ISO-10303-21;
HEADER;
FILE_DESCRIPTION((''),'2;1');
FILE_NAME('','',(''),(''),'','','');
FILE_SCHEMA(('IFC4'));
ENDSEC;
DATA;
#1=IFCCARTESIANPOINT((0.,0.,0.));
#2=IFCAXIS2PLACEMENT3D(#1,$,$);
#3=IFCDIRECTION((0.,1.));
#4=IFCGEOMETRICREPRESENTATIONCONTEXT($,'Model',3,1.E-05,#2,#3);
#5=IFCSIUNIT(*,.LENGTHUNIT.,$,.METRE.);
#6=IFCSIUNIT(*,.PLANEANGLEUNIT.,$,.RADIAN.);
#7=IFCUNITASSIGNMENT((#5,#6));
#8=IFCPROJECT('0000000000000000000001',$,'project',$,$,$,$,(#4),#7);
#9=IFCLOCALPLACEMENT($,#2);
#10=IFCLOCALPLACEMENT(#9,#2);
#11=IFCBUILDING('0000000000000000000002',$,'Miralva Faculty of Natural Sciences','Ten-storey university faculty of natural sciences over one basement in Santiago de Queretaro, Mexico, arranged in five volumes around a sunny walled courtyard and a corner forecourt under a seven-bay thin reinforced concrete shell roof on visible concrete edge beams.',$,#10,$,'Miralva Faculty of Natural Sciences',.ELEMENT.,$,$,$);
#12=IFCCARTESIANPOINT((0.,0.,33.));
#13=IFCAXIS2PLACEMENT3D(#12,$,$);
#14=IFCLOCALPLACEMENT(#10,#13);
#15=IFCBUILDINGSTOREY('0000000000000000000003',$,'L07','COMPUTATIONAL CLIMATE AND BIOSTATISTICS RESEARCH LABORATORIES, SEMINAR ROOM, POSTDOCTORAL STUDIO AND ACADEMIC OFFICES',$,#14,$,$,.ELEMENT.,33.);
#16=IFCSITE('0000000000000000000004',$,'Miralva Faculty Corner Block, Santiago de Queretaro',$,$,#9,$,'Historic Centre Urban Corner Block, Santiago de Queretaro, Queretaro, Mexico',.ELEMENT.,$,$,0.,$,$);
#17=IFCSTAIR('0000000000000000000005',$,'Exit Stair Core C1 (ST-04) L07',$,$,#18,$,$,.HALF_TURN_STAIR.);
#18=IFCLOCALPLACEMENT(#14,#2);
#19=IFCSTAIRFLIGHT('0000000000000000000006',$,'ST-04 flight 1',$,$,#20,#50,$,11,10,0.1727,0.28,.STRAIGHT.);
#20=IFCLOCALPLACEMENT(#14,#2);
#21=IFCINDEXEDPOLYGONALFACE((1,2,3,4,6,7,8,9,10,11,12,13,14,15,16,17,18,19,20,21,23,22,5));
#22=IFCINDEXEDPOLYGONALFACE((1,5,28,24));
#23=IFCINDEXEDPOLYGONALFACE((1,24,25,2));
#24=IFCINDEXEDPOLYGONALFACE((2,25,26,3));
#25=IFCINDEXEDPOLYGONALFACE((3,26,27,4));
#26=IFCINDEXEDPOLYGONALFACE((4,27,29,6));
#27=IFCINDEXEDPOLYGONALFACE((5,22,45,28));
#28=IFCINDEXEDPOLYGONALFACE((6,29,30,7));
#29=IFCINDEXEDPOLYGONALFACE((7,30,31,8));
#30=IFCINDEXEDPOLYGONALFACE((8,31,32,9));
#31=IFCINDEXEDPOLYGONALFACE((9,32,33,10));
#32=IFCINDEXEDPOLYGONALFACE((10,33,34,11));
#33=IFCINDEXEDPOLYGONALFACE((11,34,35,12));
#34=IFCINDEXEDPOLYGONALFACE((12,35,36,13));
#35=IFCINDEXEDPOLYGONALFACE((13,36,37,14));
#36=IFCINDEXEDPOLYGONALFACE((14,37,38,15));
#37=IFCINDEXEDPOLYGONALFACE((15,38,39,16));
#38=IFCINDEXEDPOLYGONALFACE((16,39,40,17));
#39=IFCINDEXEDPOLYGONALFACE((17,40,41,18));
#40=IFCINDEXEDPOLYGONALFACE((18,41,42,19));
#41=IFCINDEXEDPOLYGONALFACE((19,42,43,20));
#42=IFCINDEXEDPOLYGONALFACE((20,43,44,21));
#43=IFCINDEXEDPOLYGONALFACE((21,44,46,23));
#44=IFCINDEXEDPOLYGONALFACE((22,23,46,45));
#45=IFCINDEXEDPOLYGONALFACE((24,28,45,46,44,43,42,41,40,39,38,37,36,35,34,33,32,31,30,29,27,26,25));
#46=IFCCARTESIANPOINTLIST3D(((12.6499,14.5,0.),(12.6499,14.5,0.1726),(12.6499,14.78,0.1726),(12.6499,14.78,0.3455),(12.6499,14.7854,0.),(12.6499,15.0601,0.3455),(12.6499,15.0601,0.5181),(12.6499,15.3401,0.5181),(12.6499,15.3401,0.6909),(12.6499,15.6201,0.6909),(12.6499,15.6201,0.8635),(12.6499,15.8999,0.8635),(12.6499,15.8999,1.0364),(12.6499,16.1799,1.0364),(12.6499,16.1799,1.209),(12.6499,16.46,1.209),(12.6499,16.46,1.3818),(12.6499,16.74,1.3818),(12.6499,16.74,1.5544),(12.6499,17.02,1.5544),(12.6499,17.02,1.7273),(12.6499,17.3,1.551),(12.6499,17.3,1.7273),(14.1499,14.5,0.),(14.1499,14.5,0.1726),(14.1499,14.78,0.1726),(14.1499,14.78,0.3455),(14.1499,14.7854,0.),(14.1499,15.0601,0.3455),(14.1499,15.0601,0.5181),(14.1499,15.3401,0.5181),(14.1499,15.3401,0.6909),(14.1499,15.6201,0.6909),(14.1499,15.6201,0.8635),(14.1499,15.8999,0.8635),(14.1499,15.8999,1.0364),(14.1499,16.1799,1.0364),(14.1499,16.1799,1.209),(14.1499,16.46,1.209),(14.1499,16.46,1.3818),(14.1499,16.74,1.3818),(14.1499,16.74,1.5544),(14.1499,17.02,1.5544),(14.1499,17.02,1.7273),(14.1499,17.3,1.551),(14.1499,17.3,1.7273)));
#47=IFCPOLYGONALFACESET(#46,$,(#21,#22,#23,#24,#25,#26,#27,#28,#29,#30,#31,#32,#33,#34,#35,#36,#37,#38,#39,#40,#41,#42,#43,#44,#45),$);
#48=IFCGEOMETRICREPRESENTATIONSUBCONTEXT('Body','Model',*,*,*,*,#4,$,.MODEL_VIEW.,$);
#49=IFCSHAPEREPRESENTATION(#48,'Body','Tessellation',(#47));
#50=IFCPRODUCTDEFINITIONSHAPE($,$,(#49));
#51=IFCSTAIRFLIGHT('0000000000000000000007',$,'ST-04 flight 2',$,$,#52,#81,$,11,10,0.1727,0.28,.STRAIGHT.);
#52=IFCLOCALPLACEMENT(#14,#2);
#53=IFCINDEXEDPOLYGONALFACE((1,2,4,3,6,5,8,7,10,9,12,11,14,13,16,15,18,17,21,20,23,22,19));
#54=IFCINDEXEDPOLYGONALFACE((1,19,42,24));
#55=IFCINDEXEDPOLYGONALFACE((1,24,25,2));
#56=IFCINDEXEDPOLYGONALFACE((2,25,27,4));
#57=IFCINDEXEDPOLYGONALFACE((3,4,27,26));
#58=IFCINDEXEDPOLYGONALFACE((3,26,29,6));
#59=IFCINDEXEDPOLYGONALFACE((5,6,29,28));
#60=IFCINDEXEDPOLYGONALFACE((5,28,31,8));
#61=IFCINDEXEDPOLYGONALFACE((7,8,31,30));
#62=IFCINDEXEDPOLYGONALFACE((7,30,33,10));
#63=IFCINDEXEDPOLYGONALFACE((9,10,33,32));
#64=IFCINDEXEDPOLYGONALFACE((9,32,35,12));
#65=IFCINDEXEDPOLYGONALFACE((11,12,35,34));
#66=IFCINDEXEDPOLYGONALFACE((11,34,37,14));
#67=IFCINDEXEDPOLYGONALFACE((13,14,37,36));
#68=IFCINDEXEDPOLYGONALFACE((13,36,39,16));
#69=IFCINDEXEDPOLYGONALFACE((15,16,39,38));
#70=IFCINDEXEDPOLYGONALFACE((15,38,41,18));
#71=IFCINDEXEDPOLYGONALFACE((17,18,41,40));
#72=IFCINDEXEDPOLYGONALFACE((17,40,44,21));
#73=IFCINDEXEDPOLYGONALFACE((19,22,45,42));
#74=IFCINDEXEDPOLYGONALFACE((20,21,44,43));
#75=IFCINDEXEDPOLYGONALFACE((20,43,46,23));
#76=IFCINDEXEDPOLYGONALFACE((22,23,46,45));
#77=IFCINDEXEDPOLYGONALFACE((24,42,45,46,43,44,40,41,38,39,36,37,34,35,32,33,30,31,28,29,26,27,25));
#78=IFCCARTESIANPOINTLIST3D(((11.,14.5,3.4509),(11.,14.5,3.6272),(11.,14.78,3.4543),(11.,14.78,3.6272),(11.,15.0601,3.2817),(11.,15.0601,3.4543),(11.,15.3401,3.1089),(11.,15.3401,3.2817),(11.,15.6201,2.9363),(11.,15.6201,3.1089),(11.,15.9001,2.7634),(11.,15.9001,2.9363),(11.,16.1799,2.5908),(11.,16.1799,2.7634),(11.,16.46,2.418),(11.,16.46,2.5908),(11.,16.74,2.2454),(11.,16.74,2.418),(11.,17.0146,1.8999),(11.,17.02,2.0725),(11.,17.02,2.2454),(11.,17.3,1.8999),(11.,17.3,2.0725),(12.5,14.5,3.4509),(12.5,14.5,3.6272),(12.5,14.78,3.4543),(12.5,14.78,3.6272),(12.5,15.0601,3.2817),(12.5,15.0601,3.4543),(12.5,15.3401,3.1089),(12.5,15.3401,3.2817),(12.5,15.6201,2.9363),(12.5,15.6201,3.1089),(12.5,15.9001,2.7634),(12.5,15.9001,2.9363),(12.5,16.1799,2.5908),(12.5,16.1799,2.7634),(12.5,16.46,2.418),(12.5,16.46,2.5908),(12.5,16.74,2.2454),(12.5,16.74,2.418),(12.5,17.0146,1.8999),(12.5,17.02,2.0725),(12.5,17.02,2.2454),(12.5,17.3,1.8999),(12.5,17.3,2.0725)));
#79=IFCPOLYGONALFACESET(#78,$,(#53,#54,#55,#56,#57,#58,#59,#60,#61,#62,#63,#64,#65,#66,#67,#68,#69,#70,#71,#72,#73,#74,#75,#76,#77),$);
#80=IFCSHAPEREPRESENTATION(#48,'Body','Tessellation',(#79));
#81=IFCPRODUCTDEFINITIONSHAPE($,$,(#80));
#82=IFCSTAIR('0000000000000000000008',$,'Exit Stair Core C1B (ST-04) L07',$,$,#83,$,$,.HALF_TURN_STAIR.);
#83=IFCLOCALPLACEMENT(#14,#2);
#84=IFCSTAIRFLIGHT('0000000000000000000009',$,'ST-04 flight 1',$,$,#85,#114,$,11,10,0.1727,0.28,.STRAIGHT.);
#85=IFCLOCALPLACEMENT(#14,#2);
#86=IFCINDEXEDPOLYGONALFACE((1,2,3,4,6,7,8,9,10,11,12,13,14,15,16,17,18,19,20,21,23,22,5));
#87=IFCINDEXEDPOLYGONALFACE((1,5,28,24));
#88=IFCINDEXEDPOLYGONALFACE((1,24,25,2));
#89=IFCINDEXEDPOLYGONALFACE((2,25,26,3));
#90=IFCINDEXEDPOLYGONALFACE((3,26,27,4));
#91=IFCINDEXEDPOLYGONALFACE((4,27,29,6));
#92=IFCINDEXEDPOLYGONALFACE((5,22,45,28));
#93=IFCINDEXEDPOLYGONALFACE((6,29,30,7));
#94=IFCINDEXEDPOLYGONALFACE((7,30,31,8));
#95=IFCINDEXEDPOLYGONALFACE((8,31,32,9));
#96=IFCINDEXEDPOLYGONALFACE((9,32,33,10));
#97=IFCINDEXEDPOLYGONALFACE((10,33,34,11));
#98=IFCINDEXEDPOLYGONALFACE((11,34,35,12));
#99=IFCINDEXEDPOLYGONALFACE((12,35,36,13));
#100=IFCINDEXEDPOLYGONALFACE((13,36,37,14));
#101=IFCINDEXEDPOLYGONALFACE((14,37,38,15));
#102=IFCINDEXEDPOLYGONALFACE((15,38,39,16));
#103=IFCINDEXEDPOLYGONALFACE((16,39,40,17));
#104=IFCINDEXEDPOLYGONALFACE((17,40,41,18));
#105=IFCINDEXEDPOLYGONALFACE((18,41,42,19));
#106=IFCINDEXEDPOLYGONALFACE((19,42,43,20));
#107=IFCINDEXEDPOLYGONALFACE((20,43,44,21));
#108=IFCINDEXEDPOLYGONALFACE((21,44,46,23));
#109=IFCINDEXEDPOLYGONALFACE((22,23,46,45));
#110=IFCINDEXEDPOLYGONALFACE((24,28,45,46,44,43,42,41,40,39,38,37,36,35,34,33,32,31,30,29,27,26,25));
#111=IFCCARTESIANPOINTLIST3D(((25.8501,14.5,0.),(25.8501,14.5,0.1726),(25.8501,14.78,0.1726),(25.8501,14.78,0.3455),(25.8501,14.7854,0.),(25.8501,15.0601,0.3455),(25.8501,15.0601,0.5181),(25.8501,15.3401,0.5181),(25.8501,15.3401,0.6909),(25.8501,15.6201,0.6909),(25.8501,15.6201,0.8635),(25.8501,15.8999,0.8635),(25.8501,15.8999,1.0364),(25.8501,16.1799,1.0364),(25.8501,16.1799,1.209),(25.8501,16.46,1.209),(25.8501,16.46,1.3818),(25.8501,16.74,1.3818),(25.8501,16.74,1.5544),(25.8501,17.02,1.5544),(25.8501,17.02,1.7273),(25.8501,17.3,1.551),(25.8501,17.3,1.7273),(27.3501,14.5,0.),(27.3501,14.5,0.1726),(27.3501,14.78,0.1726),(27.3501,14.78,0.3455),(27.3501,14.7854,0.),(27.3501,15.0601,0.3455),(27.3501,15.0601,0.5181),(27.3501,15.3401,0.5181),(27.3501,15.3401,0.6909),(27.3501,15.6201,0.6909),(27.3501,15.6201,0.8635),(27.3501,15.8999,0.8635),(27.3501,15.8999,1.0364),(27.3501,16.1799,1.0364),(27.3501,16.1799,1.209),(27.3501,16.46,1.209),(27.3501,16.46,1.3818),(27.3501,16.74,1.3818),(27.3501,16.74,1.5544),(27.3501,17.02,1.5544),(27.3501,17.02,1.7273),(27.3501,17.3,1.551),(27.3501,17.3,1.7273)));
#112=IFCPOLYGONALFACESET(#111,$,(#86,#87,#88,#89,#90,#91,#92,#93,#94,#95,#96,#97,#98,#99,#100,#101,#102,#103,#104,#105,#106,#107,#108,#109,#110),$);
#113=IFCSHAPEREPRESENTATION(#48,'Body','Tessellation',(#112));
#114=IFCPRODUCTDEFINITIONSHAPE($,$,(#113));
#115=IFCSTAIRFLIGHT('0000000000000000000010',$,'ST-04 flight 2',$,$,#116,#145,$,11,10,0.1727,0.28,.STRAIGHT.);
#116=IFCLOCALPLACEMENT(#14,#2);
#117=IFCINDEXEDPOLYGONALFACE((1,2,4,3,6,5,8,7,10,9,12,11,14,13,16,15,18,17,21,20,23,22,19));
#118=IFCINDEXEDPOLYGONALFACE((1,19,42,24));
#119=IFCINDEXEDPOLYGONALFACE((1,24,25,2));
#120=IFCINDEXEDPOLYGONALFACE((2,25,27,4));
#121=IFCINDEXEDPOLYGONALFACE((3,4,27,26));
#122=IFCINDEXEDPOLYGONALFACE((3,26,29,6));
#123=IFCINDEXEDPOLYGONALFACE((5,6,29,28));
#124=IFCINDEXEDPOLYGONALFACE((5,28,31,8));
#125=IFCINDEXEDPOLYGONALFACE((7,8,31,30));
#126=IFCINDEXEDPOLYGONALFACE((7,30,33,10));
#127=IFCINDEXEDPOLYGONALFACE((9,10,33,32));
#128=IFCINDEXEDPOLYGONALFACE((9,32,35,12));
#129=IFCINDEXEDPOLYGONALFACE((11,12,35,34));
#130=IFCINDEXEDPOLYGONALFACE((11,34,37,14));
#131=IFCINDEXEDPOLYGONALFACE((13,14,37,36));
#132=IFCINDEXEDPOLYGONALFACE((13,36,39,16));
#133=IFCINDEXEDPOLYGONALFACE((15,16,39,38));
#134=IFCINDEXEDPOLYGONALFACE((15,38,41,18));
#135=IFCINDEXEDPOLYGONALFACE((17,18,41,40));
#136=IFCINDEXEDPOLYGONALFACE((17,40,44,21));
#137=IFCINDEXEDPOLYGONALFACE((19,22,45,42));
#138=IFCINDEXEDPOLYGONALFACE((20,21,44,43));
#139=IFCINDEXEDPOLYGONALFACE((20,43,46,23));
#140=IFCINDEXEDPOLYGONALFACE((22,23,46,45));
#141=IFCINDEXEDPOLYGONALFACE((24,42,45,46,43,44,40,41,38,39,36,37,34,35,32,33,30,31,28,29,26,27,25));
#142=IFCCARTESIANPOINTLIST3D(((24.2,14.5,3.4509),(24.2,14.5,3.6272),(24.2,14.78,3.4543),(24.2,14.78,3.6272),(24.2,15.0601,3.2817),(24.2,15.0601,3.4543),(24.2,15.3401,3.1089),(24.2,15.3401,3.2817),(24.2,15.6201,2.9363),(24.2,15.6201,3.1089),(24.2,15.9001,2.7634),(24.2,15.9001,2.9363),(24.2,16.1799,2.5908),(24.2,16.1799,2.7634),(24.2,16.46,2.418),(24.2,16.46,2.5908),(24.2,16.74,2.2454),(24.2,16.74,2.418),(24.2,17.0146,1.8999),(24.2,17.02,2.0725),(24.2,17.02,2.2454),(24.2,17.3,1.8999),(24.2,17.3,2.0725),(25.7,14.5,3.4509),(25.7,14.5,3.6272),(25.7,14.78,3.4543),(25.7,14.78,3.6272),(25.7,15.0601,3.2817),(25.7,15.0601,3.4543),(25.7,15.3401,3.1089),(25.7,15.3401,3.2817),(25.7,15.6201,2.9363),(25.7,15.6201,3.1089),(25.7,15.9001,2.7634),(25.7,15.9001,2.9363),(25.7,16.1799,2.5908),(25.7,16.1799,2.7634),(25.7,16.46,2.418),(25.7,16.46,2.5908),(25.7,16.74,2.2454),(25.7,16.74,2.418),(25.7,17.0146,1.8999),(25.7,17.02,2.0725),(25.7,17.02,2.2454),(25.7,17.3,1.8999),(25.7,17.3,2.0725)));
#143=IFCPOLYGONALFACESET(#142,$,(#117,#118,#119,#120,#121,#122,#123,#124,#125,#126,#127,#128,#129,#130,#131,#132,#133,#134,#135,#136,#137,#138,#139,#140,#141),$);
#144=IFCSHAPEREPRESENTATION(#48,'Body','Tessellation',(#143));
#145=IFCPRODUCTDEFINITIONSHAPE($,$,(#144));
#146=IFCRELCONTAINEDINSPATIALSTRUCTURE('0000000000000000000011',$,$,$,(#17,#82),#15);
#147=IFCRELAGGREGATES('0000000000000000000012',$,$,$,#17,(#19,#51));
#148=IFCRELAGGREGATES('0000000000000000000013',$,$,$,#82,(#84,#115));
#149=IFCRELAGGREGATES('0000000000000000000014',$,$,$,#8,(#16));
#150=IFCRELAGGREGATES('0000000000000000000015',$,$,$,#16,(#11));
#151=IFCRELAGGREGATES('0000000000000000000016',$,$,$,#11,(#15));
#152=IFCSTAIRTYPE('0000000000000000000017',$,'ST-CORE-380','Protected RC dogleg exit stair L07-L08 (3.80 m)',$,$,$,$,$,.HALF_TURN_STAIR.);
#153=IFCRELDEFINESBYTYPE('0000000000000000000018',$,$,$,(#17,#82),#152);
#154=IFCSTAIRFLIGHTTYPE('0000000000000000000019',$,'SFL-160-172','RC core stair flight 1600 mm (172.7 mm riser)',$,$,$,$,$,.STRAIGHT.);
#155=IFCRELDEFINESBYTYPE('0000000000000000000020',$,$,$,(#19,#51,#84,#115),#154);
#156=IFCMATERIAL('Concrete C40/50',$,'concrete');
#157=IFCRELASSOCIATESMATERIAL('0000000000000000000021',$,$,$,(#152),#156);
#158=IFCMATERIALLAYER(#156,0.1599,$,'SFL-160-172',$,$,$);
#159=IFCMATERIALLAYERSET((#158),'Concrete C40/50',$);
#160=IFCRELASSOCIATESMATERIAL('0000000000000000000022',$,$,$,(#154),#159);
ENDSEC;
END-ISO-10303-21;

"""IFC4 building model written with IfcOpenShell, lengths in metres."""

from ifc_helpers import new_model, si_unit, direction, frame, origin, place, context, subcontext, project, spatial, polyline, outline, extrude, material, layer, layer_set, type_object, element, aggregate, save


model = new_model("IFC4")

# Units and contexts
model_context = context("Model", 3, precision=1e-05, world=origin(), true_north=direction((0.0, 1.0)))
body_context = subcontext(model_context, "Body", "Model", "MODEL_VIEW")
ifc_project = project(units=[si_unit("LENGTHUNIT", "METRE"), si_unit("PLANEANGLEUNIT", "RADIAN")], contexts=[model_context])

# Site, building, storey
site_placement = place(None, origin())
site = spatial("IfcSite", under=ifc_project, at=site_placement, Name="Miralva Faculty Corner Block, Santiago de Queretaro", LongName="Historic Centre Urban Corner Block, Santiago de Queretaro, Queretaro, Mexico", CompositionType="ELEMENT", RefElevation=0.0)
building_placement = place(site_placement, origin())
building = spatial("IfcBuilding", under=site, at=building_placement, Name="Miralva Faculty of Natural Sciences", Description="Ten-storey university faculty of natural sciences over one basement in Santiago de Queretaro, Mexico, arranged in five volumes around a sunny walled courtyard and a corner forecourt under a seven-bay thin reinforced concrete shell roof on visible concrete edge beams.", LongName="Miralva Faculty of Natural Sciences", CompositionType="ELEMENT")
storey_placement = place(building_placement, frame((0.0, 0.0, 33.0)))
storey = spatial("IfcBuildingStorey", under=building, at=storey_placement, Name="L07", Description="COMPUTATIONAL CLIMATE AND BIOSTATISTICS RESEARCH LABORATORIES, SEMINAR ROOM, POSTDOCTORAL STUDIO AND ACADEMIC OFFICES", CompositionType="ELEMENT", Elevation=33.0)

# Shared definitions
ifc_material_1 = material(Name="Concrete C40/50", Category="concrete")

# Stairs, stair flights
stair_type = type_object("IfcStairType", Name="ST-CORE-380", Description="Protected RC dogleg exit stair L07-L08 (3.80 m)", PredefinedType="HALF_TURN_STAIR", material=ifc_material_1)
stair_1_placement = place(storey_placement, origin())
stair_1 = element("IfcStair", 1, at=stair_1_placement, inside=storey, type_object=stair_type, Name="Exit Stair Core C1 (ST-04) L07", PredefinedType="HALF_TURN_STAIR")
ifc_layer_1 = layer(ifc_material_1, 0.1599, Name="SFL-160-172")
ifc_layer_set_1 = layer_set([ifc_layer_1], Name="Concrete C40/50")
stair_flight_type = type_object("IfcStairFlightType", Name="SFL-160-172", Description="RC core stair flight 1600 mm (172.7 mm riser)", PredefinedType="STRAIGHT", material=ifc_layer_set_1)
stair_flight_1_placement = place(storey_placement, frame((13.3999, 14.5, 0.0), z_axis=(0.0, 0.0, 1.0), x_axis=(0.0, 1.0, 0.0)))
stair_flight_1 = element("IfcStairFlight", 2, at=stair_flight_1_placement, type_object=stair_flight_type, Name="ST-04 flight 1", NumberOfRisers=11, NumberOfTreads=10, PredefinedType="STRAIGHT", RiserHeight=0.1727, TreadLength=0.28, context=body_context, shape_type="SweptSolid", body=[
    extrude(outline(polyline([(0.0, 0.0), (0.0, 0.1726), (0.28, 0.1726), (0.28, 0.3455), (0.5601, 0.3455), (0.5601, 0.5181), (0.8401, 0.5181), (0.8401, 0.6909), (1.1201, 0.6909), (1.1201, 0.8635), (1.3999, 0.8635), (1.3999, 1.0364), (1.6799, 1.0364), (1.6799, 1.209), (1.96, 1.209), (1.96, 1.3818), (2.24, 1.3818), (2.24, 1.5544), (2.52, 1.5544), (2.52, 1.7273), (2.8, 1.7273), (2.8, 1.8999), (2.8, 1.551), (0.2854, 0.0), (0.0, 0.0)])), frame((0.0, 0.75, 0.0), z_axis=(0.0, -1.0, 0.0), x_axis=(1.0, 0.0, 0.0)), (0.0, 0.0, 1.0), 1.5),
])
stair_flight_2_placement = place(storey_placement, frame((11.75, 17.3, 1.8999), z_axis=(0.0, 0.0, 1.0), x_axis=(0.0, -1.0, 0.0)))
stair_flight_2 = element("IfcStairFlight", 3, at=stair_flight_2_placement, type_object=stair_flight_type, Name="ST-04 flight 2", NumberOfRisers=11, NumberOfTreads=10, PredefinedType="STRAIGHT", RiserHeight=0.1727, TreadLength=0.28, context=body_context, shape_type="SweptSolid", body=[
    extrude(outline(polyline([(0.0, 0.0), (0.0, 0.1726), (0.28, 0.1726), (0.28, 0.3455), (0.5601, 0.3455), (0.5601, 0.5181), (0.8401, 0.5181), (0.8401, 0.6909), (1.1201, 0.6909), (1.1201, 0.8635), (1.3999, 0.8635), (1.3999, 1.0364), (1.6799, 1.0364), (1.6799, 1.209), (1.96, 1.209), (1.96, 1.3818), (2.24, 1.3818), (2.24, 1.5544), (2.52, 1.5544), (2.52, 1.7273), (2.8, 1.7273), (2.8, 1.8999), (2.8, 1.551), (0.2854, 0.0), (0.0, 0.0)])), frame((0.0, 0.75, 0.0), z_axis=(0.0, -1.0, 0.0), x_axis=(1.0, 0.0, 0.0)), (0.0, 0.0, 1.0), 1.5),
])
aggregate(stair_1, [stair_flight_1, stair_flight_2])
stair_2_placement = place(storey_placement, origin())
stair_2 = element("IfcStair", 4, at=stair_2_placement, inside=storey, type_object=stair_type, Name="Exit Stair Core C1B (ST-04) L07", PredefinedType="HALF_TURN_STAIR")
stair_flight_3_placement = place(storey_placement, frame((26.6001, 14.5, 0.0), z_axis=(0.0, 0.0, 1.0), x_axis=(0.0, 1.0, 0.0)))
stair_flight_3 = element("IfcStairFlight", 5, at=stair_flight_3_placement, type_object=stair_flight_type, Name="ST-04 flight 1", NumberOfRisers=11, NumberOfTreads=10, PredefinedType="STRAIGHT", RiserHeight=0.1727, TreadLength=0.28, context=body_context, shape_type="SweptSolid", body=[
    extrude(outline(polyline([(0.0, 0.0), (0.0, 0.1726), (0.28, 0.1726), (0.28, 0.3455), (0.5601, 0.3455), (0.5601, 0.5181), (0.8401, 0.5181), (0.8401, 0.6909), (1.1201, 0.6909), (1.1201, 0.8635), (1.3999, 0.8635), (1.3999, 1.0364), (1.6799, 1.0364), (1.6799, 1.209), (1.96, 1.209), (1.96, 1.3818), (2.24, 1.3818), (2.24, 1.5544), (2.52, 1.5544), (2.52, 1.7273), (2.8, 1.7273), (2.8, 1.8999), (2.8, 1.551), (0.2854, 0.0), (0.0, 0.0)])), frame((0.0, 0.75, 0.0), z_axis=(0.0, -1.0, 0.0), x_axis=(1.0, 0.0, 0.0)), (0.0, 0.0, 1.0), 1.5),
])
stair_flight_4_placement = place(storey_placement, frame((24.95, 17.3, 1.8999), z_axis=(0.0, 0.0, 1.0), x_axis=(0.0, -1.0, 0.0)))
stair_flight_4 = element("IfcStairFlight", 6, at=stair_flight_4_placement, type_object=stair_flight_type, Name="ST-04 flight 2", NumberOfRisers=11, NumberOfTreads=10, PredefinedType="STRAIGHT", RiserHeight=0.1727, TreadLength=0.28, context=body_context, shape_type="SweptSolid", body=[
    extrude(outline(polyline([(0.0, 0.0), (0.0, 0.1726), (0.28, 0.1726), (0.28, 0.3455), (0.5601, 0.3455), (0.5601, 0.5181), (0.8401, 0.5181), (0.8401, 0.6909), (1.1201, 0.6909), (1.1201, 0.8635), (1.3999, 0.8635), (1.3999, 1.0364), (1.6799, 1.0364), (1.6799, 1.209), (1.96, 1.209), (1.96, 1.3818), (2.24, 1.3818), (2.24, 1.5544), (2.52, 1.5544), (2.52, 1.7273), (2.8, 1.7273), (2.8, 1.8999), (2.8, 1.551), (0.2854, 0.0), (0.0, 0.0)])), frame((0.0, 0.75, 0.0), z_axis=(0.0, -1.0, 0.0), x_axis=(1.0, 0.0, 0.0)), (0.0, 0.0, 1.0), 1.5),
])
aggregate(stair_2, [stair_flight_3, stair_flight_4])

save(model, "model.ifc")
